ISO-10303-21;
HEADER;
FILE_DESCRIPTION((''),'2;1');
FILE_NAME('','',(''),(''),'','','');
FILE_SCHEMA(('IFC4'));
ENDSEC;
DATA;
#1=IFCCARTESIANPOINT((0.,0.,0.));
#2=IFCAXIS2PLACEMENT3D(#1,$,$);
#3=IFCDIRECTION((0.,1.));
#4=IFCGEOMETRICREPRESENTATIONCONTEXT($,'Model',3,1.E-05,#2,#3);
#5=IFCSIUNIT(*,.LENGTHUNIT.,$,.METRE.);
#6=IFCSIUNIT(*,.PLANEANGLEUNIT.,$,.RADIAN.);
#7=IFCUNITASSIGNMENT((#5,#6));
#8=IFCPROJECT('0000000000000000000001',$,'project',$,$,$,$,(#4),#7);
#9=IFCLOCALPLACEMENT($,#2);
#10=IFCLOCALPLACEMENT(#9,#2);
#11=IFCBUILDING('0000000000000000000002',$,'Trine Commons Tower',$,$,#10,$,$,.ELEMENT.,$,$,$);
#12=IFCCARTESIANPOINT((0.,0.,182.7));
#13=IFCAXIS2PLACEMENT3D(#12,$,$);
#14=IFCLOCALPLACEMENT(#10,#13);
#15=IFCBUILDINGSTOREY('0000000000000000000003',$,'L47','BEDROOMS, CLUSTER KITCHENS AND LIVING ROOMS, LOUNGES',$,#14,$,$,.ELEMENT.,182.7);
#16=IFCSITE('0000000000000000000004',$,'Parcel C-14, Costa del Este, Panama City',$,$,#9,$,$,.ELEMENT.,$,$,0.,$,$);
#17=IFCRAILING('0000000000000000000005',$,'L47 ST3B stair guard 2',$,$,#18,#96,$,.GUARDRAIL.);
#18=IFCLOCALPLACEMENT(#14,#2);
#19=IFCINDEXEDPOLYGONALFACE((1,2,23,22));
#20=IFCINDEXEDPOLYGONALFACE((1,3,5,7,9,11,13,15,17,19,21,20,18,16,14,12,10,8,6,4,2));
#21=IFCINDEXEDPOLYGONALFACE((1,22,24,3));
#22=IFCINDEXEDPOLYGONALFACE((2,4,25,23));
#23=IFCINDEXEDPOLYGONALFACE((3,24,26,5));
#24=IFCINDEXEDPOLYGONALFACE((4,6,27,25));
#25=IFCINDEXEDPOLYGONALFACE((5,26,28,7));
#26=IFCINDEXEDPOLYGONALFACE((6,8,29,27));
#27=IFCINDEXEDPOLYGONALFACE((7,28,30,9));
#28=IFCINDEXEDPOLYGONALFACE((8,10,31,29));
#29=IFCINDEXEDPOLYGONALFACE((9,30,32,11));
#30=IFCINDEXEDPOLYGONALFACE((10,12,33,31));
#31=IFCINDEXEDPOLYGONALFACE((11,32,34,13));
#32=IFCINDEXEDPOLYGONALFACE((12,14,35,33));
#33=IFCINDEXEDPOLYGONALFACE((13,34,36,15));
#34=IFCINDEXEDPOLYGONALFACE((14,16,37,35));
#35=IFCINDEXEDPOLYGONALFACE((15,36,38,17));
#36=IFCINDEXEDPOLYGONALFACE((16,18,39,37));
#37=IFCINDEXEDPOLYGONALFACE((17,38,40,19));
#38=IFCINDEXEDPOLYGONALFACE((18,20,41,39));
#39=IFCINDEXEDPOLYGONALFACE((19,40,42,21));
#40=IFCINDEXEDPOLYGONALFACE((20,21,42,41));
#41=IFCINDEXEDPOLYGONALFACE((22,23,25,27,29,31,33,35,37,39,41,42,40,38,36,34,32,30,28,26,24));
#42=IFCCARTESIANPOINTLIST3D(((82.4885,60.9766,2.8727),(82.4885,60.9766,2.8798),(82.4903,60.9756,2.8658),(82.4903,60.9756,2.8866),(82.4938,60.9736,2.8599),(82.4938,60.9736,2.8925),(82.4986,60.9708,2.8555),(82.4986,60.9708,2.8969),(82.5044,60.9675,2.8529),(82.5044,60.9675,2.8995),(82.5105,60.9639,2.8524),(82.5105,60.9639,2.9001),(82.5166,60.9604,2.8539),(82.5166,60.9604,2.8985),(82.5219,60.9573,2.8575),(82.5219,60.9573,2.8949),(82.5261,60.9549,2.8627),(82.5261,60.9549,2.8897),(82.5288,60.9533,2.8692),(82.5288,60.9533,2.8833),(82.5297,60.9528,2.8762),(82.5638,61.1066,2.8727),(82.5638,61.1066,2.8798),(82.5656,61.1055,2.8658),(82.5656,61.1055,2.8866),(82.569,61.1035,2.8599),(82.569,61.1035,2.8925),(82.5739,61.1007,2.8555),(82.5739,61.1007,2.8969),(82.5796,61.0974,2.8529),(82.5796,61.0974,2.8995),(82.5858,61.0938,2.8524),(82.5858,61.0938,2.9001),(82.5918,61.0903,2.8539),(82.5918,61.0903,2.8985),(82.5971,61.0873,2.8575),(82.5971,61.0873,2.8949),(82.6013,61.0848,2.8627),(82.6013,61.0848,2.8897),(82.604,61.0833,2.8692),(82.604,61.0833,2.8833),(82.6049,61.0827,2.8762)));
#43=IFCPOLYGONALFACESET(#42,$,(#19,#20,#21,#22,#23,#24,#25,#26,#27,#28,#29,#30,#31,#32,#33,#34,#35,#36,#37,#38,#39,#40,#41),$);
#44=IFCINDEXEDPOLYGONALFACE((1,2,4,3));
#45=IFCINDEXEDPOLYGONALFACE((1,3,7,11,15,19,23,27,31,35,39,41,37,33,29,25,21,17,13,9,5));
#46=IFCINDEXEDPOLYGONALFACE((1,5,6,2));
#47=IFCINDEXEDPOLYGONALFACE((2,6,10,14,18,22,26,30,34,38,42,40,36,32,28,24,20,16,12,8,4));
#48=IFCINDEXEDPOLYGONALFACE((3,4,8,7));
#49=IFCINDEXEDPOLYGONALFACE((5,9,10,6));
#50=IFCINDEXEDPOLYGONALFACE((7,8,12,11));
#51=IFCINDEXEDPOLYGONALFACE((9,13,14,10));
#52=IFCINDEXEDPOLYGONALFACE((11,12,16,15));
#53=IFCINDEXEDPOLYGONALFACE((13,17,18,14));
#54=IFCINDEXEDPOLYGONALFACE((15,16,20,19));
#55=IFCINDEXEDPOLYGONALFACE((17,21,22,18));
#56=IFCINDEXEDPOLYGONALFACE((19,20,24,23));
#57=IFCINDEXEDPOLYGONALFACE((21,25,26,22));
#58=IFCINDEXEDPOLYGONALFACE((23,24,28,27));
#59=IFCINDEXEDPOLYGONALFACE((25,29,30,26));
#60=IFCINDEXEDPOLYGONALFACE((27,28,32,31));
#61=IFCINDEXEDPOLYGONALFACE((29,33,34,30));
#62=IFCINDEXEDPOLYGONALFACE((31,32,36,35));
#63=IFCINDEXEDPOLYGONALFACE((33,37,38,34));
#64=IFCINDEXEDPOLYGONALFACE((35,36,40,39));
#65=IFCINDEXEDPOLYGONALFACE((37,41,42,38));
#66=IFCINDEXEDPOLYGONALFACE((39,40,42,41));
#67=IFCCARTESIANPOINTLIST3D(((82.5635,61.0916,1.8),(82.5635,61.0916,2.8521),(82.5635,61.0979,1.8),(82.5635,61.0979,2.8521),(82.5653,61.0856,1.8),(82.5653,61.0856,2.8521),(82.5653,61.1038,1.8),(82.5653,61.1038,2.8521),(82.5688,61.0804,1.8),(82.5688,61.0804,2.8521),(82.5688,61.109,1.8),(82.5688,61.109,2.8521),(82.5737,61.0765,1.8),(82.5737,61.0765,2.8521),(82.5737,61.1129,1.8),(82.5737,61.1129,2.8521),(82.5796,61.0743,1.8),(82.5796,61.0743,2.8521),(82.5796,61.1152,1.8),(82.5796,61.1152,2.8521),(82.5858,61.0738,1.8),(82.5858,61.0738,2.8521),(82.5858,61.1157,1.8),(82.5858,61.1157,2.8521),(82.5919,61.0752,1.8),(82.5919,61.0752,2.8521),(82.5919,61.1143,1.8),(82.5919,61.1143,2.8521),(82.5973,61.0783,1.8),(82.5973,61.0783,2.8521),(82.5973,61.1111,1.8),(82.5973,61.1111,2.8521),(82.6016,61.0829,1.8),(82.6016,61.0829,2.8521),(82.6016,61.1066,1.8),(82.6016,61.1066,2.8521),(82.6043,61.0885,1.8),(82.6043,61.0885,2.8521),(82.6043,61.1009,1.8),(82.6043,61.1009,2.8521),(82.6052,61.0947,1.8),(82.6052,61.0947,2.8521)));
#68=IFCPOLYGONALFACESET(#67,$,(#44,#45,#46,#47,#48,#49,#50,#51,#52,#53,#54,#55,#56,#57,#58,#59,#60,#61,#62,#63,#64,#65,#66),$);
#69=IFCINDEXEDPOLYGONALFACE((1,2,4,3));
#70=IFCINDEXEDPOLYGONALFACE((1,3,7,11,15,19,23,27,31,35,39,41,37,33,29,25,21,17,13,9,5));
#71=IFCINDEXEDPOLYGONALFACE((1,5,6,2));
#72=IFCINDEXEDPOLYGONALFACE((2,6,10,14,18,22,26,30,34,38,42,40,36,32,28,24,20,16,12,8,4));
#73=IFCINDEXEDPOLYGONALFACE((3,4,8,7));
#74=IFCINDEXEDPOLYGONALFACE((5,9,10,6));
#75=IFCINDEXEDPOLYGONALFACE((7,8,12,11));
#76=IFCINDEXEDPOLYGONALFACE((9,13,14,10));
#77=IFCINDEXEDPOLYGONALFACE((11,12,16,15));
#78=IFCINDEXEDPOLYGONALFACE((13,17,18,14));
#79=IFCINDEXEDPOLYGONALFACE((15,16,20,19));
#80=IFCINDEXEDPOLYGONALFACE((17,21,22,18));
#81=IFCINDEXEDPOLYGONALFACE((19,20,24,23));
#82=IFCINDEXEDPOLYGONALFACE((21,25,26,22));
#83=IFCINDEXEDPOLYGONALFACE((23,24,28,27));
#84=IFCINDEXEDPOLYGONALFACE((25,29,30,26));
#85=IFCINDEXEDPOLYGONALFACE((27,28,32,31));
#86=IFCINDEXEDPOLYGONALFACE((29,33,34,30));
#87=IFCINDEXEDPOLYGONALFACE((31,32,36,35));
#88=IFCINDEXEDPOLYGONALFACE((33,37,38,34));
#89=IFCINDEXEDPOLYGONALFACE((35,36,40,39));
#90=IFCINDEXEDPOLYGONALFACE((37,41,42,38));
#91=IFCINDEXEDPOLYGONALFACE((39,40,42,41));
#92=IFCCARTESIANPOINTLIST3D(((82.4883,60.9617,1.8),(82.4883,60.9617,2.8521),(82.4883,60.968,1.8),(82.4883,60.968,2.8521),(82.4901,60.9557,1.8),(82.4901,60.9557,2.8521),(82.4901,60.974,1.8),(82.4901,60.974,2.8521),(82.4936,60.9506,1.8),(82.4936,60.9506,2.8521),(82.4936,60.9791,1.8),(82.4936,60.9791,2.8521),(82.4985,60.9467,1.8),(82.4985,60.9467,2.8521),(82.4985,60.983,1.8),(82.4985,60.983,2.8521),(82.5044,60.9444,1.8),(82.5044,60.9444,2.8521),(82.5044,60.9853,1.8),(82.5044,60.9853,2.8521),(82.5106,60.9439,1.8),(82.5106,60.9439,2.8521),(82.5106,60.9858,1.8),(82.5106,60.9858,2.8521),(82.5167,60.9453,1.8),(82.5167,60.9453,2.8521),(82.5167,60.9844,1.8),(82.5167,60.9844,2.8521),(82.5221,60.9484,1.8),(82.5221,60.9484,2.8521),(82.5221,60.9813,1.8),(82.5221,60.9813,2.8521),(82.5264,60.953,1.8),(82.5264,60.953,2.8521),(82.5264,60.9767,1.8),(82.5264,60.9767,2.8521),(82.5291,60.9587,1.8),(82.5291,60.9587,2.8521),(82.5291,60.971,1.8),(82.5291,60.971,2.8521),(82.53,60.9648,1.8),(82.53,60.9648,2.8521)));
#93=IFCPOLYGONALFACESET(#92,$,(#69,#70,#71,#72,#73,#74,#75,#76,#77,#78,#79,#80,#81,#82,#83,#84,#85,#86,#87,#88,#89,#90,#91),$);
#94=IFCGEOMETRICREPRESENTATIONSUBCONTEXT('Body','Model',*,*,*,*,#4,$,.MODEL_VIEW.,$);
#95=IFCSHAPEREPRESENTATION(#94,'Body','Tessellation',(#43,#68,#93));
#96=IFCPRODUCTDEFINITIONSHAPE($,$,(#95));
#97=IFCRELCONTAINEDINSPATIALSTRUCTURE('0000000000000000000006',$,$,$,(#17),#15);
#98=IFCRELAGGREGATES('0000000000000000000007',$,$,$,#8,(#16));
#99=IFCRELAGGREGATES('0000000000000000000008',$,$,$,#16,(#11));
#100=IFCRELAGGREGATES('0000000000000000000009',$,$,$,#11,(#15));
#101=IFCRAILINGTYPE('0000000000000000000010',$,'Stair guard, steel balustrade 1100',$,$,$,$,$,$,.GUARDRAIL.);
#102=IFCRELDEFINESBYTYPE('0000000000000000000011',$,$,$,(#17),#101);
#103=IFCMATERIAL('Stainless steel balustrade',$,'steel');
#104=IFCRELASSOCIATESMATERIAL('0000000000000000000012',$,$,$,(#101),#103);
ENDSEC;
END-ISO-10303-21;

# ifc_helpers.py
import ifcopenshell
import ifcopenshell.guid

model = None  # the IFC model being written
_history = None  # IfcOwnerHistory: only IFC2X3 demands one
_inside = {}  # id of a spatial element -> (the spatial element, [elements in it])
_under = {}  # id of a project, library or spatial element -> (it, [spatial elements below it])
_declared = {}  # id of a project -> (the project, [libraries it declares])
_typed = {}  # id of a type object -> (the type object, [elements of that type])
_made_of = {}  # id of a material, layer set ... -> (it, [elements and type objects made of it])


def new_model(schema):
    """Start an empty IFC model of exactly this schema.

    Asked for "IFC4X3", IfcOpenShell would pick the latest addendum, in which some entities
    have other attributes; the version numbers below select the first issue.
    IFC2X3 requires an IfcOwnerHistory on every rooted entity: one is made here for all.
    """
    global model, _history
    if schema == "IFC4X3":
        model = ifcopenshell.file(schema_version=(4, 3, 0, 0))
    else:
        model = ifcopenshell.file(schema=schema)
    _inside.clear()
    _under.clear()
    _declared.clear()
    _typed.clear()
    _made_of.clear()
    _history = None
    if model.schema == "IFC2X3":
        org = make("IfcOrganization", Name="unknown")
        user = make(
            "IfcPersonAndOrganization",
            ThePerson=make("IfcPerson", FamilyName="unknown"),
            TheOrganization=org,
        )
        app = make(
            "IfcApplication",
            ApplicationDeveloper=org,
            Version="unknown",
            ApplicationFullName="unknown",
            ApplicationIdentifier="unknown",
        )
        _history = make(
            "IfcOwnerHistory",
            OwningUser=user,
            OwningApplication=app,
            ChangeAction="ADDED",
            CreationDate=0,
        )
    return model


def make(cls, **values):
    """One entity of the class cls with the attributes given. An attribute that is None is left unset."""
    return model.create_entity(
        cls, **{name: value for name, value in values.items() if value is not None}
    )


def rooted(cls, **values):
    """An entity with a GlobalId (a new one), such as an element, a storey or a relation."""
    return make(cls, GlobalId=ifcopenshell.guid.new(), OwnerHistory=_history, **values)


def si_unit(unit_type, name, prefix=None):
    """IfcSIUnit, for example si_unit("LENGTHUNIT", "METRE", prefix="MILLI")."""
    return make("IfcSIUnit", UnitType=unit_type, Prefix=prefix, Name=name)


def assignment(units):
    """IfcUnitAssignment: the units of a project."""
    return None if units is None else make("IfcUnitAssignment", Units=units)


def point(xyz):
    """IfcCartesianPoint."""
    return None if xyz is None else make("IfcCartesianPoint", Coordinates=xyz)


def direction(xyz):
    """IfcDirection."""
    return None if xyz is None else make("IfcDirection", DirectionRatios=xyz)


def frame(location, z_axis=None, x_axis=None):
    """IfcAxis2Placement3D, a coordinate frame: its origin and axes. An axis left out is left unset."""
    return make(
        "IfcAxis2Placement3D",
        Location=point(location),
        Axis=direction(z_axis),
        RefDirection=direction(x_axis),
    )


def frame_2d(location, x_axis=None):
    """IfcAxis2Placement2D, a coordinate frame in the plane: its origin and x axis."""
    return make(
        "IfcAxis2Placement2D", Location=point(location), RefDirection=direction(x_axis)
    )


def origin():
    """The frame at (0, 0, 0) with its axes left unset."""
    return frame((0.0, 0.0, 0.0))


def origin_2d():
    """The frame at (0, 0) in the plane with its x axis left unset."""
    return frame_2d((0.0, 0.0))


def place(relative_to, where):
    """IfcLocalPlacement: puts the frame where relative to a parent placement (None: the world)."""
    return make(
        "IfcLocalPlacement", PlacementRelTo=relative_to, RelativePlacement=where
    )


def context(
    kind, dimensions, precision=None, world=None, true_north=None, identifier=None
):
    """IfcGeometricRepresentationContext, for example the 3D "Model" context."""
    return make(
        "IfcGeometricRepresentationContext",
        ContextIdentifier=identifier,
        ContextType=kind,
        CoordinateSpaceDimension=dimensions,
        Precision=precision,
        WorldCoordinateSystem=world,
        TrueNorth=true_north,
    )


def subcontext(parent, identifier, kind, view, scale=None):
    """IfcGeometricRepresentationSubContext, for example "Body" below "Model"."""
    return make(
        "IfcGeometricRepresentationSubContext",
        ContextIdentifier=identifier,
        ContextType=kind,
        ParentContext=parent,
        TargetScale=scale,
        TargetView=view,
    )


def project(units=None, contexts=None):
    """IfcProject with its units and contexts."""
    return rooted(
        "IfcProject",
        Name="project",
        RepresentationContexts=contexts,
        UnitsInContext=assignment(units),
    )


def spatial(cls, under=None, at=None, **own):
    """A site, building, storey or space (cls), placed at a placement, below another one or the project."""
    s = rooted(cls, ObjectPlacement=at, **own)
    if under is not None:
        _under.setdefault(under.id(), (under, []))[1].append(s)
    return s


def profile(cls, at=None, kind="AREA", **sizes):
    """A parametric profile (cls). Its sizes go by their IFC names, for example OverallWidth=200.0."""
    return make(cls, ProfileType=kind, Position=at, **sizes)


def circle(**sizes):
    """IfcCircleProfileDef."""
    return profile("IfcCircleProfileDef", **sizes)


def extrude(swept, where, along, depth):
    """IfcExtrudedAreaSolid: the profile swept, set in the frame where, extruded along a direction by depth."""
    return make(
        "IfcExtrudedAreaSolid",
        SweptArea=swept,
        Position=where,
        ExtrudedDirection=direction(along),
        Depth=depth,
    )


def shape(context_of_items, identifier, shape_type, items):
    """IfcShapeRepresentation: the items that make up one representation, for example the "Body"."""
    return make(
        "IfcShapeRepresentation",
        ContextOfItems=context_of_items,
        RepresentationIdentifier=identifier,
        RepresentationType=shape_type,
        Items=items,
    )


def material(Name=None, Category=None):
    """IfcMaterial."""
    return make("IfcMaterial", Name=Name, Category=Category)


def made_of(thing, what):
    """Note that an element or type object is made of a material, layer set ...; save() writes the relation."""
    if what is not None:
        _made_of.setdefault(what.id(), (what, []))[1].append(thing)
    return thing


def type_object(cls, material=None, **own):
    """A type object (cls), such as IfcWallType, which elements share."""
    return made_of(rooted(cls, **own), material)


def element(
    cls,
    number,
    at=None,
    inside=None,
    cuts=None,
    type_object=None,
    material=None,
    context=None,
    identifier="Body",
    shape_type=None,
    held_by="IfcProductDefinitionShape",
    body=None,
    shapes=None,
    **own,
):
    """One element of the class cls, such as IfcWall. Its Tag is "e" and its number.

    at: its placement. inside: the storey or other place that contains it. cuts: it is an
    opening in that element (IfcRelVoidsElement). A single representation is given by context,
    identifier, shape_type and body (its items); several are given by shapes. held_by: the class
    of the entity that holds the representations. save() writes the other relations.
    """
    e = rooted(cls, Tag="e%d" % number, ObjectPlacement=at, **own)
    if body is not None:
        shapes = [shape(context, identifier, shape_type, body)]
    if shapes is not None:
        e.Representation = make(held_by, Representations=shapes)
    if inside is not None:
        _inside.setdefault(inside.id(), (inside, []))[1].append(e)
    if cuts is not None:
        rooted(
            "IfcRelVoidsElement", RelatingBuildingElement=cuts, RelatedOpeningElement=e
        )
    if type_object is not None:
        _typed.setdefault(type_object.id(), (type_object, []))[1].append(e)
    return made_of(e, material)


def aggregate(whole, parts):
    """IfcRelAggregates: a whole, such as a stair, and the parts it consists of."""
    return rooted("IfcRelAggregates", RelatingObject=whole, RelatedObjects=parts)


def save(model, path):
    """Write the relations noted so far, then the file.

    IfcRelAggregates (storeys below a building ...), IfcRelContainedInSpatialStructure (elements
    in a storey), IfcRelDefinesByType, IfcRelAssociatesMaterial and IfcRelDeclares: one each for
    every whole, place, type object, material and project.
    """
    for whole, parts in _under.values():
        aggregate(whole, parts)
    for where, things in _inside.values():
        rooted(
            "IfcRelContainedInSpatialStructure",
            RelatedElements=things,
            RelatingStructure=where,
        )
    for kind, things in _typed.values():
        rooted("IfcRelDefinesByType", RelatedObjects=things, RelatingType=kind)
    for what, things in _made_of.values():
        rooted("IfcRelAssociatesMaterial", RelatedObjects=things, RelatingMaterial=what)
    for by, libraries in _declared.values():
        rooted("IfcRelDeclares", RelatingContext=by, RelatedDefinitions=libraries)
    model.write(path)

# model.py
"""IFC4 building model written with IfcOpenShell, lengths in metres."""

from ifc_helpers import new_model, si_unit, direction, frame, origin, origin_2d, place, context, subcontext, project, spatial, circle, extrude, material, type_object, element, save


model = new_model("IFC4")

# Units and contexts
model_context = context("Model", 3, precision=1e-05, world=origin(), true_north=direction((0.0, 1.0)))
body_context = subcontext(model_context, "Body", "Model", "MODEL_VIEW")
ifc_project = project(units=[si_unit("LENGTHUNIT", "METRE"), si_unit("PLANEANGLEUNIT", "RADIAN")], contexts=[model_context])

# Site, building, storey
site_placement = place(None, origin())
site = spatial("IfcSite", under=ifc_project, at=site_placement, Name="Parcel C-14, Costa del Este, Panama City", CompositionType="ELEMENT", RefElevation=0.0)
building_placement = place(site_placement, origin())
building = spatial("IfcBuilding", under=site, at=building_placement, Name="Trine Commons Tower", CompositionType="ELEMENT")
storey_placement = place(building_placement, frame((0.0, 0.0, 182.7)))
storey = spatial("IfcBuildingStorey", under=building, at=storey_placement, Name="L47", Description="BEDROOMS, CLUSTER KITCHENS AND LIVING ROOMS, LOUNGES", CompositionType="ELEMENT", Elevation=182.7)

# Railing
ifc_material_1 = material(Name="Stainless steel balustrade", Category="steel")
railing_type_1 = type_object("IfcRailingType", Name="Stair guard, steel balustrade 1100", PredefinedType="GUARDRAIL", material=ifc_material_1)
railing_1_placement = place(storey_placement, frame((82.5842, 61.0947, 1.8)))
element("IfcRailing", 1, at=railing_1_placement, inside=storey, type_object=railing_type_1, Name="L47 ST3B stair guard 2", PredefinedType="GUARDRAIL", context=body_context, shape_type="SweptSolid", body=[
    extrude(circle(Radius=0.0239, at=origin_2d()), frame((0.0, 0.0, 1.0762), z_axis=(-0.501036, -0.865426, 0.0), x_axis=(0.865426, -0.501036, 0.0)), (0.0, 0.0, 1.0), 0.1501),
    extrude(circle(Radius=0.021, at=origin_2d()), origin(), (0.0, 0.0, 1.0), 1.052),
    extrude(circle(Radius=0.021, at=origin_2d()), frame((-0.0752, -0.1299, 0.0)), (0.0, 0.0, 1.0), 1.052),
])

save(model, "model.ifc")
